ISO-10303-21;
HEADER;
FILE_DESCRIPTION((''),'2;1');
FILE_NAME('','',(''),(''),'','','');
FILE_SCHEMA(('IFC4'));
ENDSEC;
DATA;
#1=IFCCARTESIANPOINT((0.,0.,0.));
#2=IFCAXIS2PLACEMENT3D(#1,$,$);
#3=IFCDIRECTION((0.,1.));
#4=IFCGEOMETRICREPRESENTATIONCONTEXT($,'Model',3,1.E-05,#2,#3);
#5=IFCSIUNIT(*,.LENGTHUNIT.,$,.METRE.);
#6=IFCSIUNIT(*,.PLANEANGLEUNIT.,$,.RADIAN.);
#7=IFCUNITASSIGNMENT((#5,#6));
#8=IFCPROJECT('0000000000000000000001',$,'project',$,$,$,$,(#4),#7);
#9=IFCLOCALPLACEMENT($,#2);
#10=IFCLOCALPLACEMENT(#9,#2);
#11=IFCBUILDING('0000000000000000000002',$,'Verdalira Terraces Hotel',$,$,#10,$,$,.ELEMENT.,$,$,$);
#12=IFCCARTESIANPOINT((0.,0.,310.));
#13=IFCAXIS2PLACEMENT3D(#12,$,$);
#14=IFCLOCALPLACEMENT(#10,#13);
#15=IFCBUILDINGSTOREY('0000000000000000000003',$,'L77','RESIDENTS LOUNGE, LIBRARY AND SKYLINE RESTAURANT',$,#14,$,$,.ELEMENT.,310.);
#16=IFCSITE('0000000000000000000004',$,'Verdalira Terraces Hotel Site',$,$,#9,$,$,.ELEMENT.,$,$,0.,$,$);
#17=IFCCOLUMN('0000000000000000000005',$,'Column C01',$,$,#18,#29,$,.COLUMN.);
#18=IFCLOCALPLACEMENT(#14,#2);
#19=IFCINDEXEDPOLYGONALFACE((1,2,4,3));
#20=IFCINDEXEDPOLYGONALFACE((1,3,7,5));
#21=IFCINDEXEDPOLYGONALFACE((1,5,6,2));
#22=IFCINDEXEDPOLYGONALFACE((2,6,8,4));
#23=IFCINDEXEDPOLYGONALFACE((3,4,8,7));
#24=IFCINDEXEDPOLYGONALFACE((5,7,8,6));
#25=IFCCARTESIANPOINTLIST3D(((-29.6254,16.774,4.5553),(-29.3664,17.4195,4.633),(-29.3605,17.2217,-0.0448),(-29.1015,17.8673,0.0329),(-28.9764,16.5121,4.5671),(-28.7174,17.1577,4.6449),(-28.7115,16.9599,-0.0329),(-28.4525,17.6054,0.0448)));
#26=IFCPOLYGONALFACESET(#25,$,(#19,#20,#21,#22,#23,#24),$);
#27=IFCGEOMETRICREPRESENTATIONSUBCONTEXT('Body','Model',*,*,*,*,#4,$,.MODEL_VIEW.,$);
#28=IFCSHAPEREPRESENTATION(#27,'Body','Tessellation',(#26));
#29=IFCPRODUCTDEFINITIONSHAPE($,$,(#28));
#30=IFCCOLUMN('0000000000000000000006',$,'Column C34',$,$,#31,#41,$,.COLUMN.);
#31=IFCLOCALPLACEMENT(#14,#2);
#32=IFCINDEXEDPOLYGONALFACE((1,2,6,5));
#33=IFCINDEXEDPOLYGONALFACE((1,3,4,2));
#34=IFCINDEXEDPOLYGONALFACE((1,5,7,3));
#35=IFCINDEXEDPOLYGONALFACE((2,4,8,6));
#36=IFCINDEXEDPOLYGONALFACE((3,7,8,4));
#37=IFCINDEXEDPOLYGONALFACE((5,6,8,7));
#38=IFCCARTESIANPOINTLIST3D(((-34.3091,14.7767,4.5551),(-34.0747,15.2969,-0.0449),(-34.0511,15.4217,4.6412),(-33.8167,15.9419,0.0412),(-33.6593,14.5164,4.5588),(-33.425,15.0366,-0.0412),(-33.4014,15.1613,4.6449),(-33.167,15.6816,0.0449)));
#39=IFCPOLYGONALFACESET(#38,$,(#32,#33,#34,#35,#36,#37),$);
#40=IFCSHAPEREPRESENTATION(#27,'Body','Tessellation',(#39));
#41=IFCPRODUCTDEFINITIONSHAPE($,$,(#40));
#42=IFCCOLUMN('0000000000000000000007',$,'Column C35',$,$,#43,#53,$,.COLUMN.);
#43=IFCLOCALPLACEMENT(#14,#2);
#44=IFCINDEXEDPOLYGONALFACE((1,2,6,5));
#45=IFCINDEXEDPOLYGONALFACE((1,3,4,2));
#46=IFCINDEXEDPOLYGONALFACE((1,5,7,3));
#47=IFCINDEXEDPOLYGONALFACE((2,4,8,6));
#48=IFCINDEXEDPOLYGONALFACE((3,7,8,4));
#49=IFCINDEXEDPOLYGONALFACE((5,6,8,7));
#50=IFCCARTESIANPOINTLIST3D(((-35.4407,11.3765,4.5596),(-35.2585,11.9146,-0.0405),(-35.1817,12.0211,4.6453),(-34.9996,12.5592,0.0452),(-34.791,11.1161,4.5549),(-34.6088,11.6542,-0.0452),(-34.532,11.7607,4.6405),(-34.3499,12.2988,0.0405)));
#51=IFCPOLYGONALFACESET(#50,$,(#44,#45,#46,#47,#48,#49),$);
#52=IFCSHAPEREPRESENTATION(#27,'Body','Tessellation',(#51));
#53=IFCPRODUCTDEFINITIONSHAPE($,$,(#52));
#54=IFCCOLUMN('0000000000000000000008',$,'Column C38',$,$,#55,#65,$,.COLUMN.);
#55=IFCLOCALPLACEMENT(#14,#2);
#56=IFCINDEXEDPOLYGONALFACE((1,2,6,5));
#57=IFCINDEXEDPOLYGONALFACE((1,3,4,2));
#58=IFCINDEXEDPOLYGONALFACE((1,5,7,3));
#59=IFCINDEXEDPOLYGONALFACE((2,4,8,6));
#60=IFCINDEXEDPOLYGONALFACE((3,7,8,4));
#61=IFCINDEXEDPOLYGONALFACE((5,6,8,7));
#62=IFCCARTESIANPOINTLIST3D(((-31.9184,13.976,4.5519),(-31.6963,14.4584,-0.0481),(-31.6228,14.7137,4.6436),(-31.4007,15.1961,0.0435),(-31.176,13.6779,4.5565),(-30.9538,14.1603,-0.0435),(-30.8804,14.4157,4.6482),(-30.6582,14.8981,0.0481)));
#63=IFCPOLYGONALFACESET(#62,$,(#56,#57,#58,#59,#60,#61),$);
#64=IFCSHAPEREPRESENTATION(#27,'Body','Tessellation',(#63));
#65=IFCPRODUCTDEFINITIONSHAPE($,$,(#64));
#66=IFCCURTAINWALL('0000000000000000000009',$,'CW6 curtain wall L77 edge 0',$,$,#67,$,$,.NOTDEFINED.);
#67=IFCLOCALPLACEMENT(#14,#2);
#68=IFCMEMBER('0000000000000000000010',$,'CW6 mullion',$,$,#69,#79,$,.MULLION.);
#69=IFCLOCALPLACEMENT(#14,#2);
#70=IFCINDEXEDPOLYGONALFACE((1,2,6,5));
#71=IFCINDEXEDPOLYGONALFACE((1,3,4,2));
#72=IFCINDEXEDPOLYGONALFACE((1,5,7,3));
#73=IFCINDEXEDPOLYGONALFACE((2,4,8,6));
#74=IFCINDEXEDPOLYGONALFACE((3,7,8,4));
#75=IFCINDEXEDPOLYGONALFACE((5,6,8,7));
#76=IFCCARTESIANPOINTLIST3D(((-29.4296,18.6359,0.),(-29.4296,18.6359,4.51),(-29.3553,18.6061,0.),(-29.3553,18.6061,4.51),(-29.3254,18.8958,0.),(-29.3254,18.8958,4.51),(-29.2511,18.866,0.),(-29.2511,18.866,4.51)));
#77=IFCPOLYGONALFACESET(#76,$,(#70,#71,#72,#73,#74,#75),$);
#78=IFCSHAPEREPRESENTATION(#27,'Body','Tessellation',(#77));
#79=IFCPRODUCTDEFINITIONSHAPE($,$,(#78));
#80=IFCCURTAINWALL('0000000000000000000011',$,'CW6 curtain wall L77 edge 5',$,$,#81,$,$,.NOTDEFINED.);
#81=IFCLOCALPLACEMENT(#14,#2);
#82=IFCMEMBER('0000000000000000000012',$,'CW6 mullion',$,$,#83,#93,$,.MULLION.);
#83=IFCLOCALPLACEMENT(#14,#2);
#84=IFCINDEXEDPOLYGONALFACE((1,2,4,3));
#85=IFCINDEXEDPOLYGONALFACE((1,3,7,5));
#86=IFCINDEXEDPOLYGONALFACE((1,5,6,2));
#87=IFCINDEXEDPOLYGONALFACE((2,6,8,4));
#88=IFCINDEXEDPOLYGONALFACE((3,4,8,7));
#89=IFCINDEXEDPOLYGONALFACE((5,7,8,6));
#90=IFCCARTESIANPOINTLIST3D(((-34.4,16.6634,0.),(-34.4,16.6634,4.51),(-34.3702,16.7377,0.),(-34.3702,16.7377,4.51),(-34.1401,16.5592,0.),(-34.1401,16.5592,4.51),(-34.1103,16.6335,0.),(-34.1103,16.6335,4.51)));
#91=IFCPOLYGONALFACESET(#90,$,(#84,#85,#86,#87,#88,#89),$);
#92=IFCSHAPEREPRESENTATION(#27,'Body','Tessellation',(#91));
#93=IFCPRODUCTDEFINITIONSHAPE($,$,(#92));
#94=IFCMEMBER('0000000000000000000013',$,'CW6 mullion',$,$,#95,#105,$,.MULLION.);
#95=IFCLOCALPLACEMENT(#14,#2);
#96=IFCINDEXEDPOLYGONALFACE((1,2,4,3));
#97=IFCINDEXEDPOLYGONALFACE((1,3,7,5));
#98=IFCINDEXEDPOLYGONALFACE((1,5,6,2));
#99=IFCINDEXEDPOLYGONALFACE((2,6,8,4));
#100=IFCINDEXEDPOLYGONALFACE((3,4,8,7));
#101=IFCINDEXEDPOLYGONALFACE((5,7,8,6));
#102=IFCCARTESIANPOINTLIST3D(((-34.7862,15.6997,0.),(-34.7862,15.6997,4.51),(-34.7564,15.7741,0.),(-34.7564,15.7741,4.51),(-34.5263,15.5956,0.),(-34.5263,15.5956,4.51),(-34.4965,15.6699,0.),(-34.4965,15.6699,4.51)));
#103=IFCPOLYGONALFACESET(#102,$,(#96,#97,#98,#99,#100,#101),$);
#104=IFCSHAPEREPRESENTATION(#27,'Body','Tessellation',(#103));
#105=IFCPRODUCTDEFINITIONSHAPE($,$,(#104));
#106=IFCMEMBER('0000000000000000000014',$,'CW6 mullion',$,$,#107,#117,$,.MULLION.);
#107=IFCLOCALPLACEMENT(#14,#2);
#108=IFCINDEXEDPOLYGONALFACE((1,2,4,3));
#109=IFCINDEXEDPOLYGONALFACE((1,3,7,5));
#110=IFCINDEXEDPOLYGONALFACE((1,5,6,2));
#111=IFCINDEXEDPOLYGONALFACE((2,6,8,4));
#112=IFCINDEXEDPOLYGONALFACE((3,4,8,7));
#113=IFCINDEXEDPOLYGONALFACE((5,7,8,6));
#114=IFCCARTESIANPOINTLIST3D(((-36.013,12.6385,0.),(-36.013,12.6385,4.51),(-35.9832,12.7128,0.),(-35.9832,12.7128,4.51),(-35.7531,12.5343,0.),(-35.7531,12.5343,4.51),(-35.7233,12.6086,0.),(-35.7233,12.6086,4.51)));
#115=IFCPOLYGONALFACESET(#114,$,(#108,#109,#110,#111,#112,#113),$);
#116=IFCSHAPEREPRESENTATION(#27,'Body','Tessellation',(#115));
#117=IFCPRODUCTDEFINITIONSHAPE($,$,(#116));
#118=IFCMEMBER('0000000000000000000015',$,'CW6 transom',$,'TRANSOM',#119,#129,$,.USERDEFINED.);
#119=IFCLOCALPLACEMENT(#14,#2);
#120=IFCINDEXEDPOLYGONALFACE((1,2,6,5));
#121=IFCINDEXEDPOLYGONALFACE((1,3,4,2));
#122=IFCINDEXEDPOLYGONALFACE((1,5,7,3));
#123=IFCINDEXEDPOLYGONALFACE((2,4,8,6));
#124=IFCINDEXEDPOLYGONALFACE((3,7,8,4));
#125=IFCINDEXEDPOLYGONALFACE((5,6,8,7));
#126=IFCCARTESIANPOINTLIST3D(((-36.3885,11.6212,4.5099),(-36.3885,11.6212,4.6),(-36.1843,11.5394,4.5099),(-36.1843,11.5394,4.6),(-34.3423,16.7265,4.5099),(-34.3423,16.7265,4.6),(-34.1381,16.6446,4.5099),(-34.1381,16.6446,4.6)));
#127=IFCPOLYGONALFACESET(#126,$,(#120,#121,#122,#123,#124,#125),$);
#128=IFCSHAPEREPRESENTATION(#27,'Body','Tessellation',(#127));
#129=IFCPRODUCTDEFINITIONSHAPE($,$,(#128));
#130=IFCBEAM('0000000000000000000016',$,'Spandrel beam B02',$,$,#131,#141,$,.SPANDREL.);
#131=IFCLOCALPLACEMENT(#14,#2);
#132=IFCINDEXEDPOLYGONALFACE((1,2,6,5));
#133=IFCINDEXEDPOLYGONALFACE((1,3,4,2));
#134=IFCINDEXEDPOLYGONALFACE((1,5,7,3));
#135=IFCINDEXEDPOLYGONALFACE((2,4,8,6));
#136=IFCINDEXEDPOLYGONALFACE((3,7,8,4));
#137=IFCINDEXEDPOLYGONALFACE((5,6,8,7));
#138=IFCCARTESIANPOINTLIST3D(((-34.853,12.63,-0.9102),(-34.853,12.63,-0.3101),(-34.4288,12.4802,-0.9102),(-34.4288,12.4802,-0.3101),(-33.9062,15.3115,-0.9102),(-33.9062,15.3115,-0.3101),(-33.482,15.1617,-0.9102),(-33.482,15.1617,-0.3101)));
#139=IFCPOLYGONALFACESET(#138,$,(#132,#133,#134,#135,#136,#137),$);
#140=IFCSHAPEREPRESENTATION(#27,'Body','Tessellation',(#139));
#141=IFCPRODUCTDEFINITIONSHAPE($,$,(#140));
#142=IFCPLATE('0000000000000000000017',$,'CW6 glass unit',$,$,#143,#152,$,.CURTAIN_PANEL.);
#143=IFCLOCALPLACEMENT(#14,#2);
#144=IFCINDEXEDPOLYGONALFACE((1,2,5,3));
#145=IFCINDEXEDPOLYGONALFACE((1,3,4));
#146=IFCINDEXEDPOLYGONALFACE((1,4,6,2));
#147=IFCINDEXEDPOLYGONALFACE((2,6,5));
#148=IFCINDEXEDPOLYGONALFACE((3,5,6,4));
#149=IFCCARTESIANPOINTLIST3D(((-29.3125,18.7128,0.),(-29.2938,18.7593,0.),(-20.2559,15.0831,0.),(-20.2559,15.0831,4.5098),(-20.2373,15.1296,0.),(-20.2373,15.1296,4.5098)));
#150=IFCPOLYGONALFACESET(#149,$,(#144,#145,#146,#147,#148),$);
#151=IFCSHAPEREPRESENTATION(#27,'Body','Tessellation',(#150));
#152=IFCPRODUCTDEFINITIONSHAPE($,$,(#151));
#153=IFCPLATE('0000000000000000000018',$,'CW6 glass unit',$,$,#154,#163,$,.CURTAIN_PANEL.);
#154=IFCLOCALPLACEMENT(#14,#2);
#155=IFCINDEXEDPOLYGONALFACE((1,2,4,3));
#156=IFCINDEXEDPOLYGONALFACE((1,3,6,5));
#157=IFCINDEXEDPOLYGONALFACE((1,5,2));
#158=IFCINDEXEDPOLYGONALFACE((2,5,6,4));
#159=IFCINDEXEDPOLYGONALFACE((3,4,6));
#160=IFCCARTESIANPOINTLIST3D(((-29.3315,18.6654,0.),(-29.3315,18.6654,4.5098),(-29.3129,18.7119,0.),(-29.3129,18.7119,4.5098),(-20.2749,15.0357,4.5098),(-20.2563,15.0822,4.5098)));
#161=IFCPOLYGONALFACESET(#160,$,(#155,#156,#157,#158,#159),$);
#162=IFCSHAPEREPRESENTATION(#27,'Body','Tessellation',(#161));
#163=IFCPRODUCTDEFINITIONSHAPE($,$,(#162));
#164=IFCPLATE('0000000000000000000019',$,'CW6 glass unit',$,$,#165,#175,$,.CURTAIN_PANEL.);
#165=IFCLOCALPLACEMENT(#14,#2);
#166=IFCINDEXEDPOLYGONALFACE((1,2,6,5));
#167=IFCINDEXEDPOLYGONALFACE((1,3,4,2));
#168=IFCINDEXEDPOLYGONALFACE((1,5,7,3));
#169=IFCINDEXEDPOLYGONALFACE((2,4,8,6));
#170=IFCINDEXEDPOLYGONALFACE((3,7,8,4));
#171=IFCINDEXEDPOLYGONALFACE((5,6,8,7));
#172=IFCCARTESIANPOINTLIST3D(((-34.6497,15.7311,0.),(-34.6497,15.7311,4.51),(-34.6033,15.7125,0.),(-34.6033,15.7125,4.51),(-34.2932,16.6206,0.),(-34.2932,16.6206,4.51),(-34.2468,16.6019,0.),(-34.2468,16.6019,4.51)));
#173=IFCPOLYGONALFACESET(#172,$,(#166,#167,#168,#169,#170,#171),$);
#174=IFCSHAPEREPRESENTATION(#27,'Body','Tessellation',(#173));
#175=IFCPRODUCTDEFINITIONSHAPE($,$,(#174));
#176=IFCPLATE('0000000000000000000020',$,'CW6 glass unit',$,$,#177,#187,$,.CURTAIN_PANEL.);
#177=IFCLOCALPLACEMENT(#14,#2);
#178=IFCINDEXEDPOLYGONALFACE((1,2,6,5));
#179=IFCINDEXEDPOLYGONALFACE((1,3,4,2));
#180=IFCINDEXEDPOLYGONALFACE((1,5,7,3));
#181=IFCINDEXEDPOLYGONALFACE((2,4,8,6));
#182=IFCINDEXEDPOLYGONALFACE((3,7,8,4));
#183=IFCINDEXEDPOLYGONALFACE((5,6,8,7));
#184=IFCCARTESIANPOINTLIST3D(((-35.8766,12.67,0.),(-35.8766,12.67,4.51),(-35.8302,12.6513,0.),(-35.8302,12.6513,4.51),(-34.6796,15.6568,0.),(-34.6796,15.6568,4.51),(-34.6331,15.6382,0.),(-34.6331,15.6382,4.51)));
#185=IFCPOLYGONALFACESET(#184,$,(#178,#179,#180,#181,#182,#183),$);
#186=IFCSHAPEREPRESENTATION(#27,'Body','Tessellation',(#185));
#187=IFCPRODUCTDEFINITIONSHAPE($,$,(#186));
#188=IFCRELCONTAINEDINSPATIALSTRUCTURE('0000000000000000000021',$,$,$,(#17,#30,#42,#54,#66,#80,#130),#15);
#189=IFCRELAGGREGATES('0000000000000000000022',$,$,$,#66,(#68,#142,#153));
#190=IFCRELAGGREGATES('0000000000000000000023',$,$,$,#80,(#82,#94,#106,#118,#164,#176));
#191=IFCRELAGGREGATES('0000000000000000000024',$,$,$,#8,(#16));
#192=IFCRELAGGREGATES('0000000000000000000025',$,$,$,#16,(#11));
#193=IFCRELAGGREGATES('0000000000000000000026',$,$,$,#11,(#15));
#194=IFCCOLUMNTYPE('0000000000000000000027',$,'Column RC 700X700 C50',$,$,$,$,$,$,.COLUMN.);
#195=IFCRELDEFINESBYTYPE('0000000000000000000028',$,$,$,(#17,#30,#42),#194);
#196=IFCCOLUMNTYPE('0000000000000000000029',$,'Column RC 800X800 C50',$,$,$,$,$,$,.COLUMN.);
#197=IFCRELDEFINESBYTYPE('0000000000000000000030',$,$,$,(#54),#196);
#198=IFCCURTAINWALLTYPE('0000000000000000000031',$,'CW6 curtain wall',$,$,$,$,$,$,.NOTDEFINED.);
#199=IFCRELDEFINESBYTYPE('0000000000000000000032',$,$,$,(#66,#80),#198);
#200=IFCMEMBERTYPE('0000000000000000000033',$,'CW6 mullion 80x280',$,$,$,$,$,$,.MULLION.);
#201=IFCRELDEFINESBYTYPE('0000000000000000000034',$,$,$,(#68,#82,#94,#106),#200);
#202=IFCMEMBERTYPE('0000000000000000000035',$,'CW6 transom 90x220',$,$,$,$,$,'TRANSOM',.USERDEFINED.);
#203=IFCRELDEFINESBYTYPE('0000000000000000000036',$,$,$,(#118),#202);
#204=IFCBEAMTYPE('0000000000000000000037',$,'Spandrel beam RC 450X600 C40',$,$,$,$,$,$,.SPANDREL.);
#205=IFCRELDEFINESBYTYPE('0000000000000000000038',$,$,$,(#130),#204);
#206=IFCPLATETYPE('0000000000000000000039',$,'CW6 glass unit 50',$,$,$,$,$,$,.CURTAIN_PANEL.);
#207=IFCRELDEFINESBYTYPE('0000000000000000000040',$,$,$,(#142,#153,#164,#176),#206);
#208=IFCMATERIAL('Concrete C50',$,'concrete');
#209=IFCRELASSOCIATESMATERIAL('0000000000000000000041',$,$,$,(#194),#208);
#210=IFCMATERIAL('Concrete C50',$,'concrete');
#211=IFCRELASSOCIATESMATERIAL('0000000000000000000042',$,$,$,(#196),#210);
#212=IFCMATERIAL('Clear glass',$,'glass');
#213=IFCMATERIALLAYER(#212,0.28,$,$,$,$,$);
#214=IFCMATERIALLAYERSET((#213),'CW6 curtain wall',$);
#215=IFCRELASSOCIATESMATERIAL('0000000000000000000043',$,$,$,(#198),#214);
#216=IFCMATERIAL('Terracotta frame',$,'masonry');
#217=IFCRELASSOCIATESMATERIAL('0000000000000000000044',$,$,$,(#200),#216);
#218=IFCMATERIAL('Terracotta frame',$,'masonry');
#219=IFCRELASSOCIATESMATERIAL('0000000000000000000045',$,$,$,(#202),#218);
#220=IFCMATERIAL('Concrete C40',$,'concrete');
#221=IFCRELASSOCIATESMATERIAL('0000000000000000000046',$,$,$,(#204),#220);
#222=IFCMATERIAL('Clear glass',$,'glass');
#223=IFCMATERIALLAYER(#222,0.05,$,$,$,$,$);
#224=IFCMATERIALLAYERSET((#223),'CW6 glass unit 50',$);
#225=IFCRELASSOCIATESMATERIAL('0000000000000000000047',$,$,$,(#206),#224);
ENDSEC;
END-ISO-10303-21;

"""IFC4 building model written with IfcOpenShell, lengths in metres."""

from ifc_helpers import new_model, si_unit, direction, frame, origin, origin_2d, place, context, subcontext, project, spatial, polyline, rectangle, outline, extrude, material, layer, layer_set, material_profile, profile_set, type_object, element, aggregate, save


model = new_model("IFC4")

# Units and contexts
model_context = context("Model", 3, precision=1e-05, world=origin(), true_north=direction((0.0, 1.0)))
body_context = subcontext(model_context, "Body", "Model", "MODEL_VIEW")
ifc_project = project(units=[si_unit("LENGTHUNIT", "METRE"), si_unit("PLANEANGLEUNIT", "RADIAN")], contexts=[model_context])

# Site, building, storey
site_placement = place(None, origin())
site = spatial("IfcSite", under=ifc_project, at=site_placement, Name="Verdalira Terraces Hotel Site", CompositionType="ELEMENT", RefElevation=0.0)
building_placement = place(site_placement, origin())
building = spatial("IfcBuilding", under=site, at=building_placement, Name="Verdalira Terraces Hotel", CompositionType="ELEMENT")
storey_placement = place(building_placement, frame((0.0, 0.0, 310.0)))
storey = spatial("IfcBuildingStorey", under=building, at=storey_placement, Name="L77", Description="RESIDENTS LOUNGE, LIBRARY AND SKYLINE RESTAURANT", CompositionType="ELEMENT", Elevation=310.0)

# Columns
ifc_material_1 = material(Name="Concrete C50", Category="concrete")
ifc_material_profile_1 = material_profile(ifc_material_1, rectangle(XDim=0.7, YDim=0.7, at=origin_2d()), Name="RC 700X700")
ifc_profile_set_1 = profile_set([ifc_material_profile_1], Name="Concrete C50")
column_type_1 = type_object("IfcColumnType", Name="Column RC 700X700 C50", PredefinedType="COLUMN", material=ifc_profile_set_1)
column_1_placement = place(storey_placement, frame((-28.9065, 17.4136, 0.0), z_axis=(-0.057219, -0.096719, 0.993666), x_axis=(-0.92723, 0.374106, -0.01698)))
element("IfcColumn", 1, at=column_1_placement, inside=storey, type_object=column_type_1, Name="Column C01", PredefinedType="COLUMN", context=body_context, shape_type="SweptSolid", body=[
    extrude(rectangle(XDim=0.7, YDim=0.7, at=origin_2d()), origin(), (0.0, 0.0, 1.0), 4.6294),
])
column_2_placement = place(storey_placement, frame((-33.6208, 15.4893, 0.0), z_axis=(-0.050562, -0.112238, 0.992394), x_axis=(-0.368524, -0.921446, -0.12299)))
element("IfcColumn", 2, at=column_2_placement, inside=storey, type_object=column_type_1, Name="Column C34", PredefinedType="COLUMN", context=body_context, shape_type="SweptSolid", body=[
    extrude(rectangle(XDim=0.7, YDim=0.7, at=origin_2d()), origin(), (0.0, 0.0, 1.0), 4.6353),
])
column_3_placement = place(storey_placement, frame((-34.8042, 12.1067, 0.0), z_axis=(-0.039294, -0.116091, 0.992461), x_axis=(-0.369978, -0.920946, -0.122374)))
element("IfcColumn", 3, at=column_3_placement, inside=storey, type_object=column_type_1, Name="Column C35", PredefinedType="COLUMN", context=body_context, shape_type="SweptSolid", body=[
    extrude(rectangle(XDim=0.7, YDim=0.7, at=origin_2d()), origin(), (0.0, 0.0, 1.0), 4.635),
])
ifc_material_2 = material(Name="Concrete C50", Category="concrete")
ifc_material_profile_2 = material_profile(ifc_material_2, rectangle(XDim=0.8, YDim=0.8, at=origin_2d()), Name="RC 800X800")
ifc_profile_set_2 = profile_set([ifc_material_profile_2], Name="Concrete C50")
column_type_2 = type_object("IfcColumnType", Name="Column RC 800X800 C50", PredefinedType="COLUMN", material=ifc_profile_set_2)
column_4_placement = place(storey_placement, frame((-31.1772, 14.6782, 0.0), z_axis=(-0.047978, -0.10418, 0.993401), x_axis=(-0.927989, 0.372563, -0.005747)))
element("IfcColumn", 4, at=column_4_placement, inside=storey, type_object=column_type_2, Name="Column C38", PredefinedType="COLUMN", context=body_context, shape_type="SweptSolid", body=[
    extrude(rectangle(XDim=0.8, YDim=0.8, at=origin_2d()), origin(), (0.0, 0.0, 1.0), 4.6306),
])

# Curtain wall, member
ifc_material_3 = material(Name="Clear glass", Category="glass")
ifc_layer_1 = layer(ifc_material_3, 0.28)
ifc_layer_set_1 = layer_set([ifc_layer_1], Name="CW6 curtain wall")
curtain_wall_type = type_object("IfcCurtainWallType", Name="CW6 curtain wall", PredefinedType="NOTDEFINED", material=ifc_layer_set_1)
curtain_wall_1_placement = place(storey_placement, origin())
curtain_wall_1 = element("IfcCurtainWall", 5, at=curtain_wall_1_placement, inside=storey, type_object=curtain_wall_type, Name="CW6 curtain wall L77 edge 0", PredefinedType="NOTDEFINED")
ifc_material_4 = material(Name="Terracotta frame", Category="masonry")
ifc_material_profile_3 = material_profile(ifc_material_4, rectangle(XDim=0.0801, YDim=0.28, at=origin_2d()), Name="MU 80x280")
ifc_profile_set_3 = profile_set([ifc_material_profile_3], Name="Terracotta frame")
member_type_1 = type_object("IfcMemberType", Name="CW6 mullion 80x280", PredefinedType="MULLION", material=ifc_profile_set_3)
member_1_placement = place(storey_placement, frame((-29.3403, 18.751, 0.0), z_axis=(0.0, 0.0, 1.0), x_axis=(-0.928226, 0.372016, 0.0)))
member_1 = element("IfcMember", 6, at=member_1_placement, type_object=member_type_1, Name="CW6 mullion", PredefinedType="MULLION", context=body_context, shape_type="SweptSolid", body=[
    extrude(rectangle(XDim=0.0801, YDim=0.28, at=origin_2d()), origin(), (0.0, 0.0, 1.0), 4.51),
])

# Curtain wall, members
curtain_wall_2_placement = place(storey_placement, origin())
curtain_wall_2 = element("IfcCurtainWall", 7, at=curtain_wall_2_placement, inside=storey, type_object=curtain_wall_type, Name="CW6 curtain wall L77 edge 5", PredefinedType="NOTDEFINED")
member_2_placement = place(storey_placement, frame((-34.2551, 16.6484, 0.0), z_axis=(0.0, 0.0, 1.0), x_axis=(-0.372016, -0.928226, 0.0)))
member_2 = element("IfcMember", 8, at=member_2_placement, type_object=member_type_1, Name="CW6 mullion", PredefinedType="MULLION", context=body_context, shape_type="SweptSolid", body=[
    extrude(rectangle(XDim=0.0801, YDim=0.28, at=origin_2d()), origin(), (0.0, 0.0, 1.0), 4.51),
])
member_3_placement = place(storey_placement, frame((-34.6414, 15.6848, 0.0), z_axis=(0.0, 0.0, 1.0), x_axis=(-0.372016, -0.928226, 0.0)))
member_3 = element("IfcMember", 9, at=member_3_placement, type_object=member_type_1, Name="CW6 mullion", PredefinedType="MULLION", context=body_context, shape_type="SweptSolid", body=[
    extrude(rectangle(XDim=0.0801, YDim=0.28, at=origin_2d()), origin(), (0.0, 0.0, 1.0), 4.51),
])
member_4_placement = place(storey_placement, frame((-35.8682, 12.6235, 0.0), z_axis=(0.0, 0.0, 1.0), x_axis=(-0.372016, -0.928226, 0.0)))
member_4 = element("IfcMember", 10, at=member_4_placement, type_object=member_type_1, Name="CW6 mullion", PredefinedType="MULLION", context=body_context, shape_type="SweptSolid", body=[
    extrude(rectangle(XDim=0.0801, YDim=0.28, at=origin_2d()), origin(), (0.0, 0.0, 1.0), 4.51),
])
ifc_material_5 = material(Name="Terracotta frame", Category="masonry")
ifc_material_profile_4 = material_profile(ifc_material_5, rectangle(XDim=0.22, YDim=0.0901, at=origin_2d()), Name="TR 90x220")
ifc_profile_set_4 = profile_set([ifc_material_profile_4], Name="Terracotta frame")
member_type_2 = type_object("IfcMemberType", Name="CW6 transom 90x220", ElementType="TRANSOM", PredefinedType="USERDEFINED", material=ifc_profile_set_4)
member_5_placement = place(storey_placement, frame((-34.2402, 16.6855, 4.5549), z_axis=(-0.372026, -0.928222, 0.0), x_axis=(0.928222, -0.372026, 0.0)))
member_5 = element("IfcMember", 11, at=member_5_placement, type_object=member_type_2, Name="CW6 transom", ObjectType="TRANSOM", PredefinedType="USERDEFINED", context=body_context, shape_type="SweptSolid", body=[
    extrude(rectangle(XDim=0.22, YDim=0.0901, at=origin_2d()), origin(), (0.0, 0.0, 1.0), 5.5),
])

# Beam
ifc_material_6 = material(Name="Concrete C40", Category="concrete")
ifc_material_profile_5 = material_profile(ifc_material_6, rectangle(XDim=0.45, YDim=0.6001, at=origin_2d()), Name="RC 450X600")
ifc_profile_set_5 = profile_set([ifc_material_profile_5], Name="Concrete C40")
beam_type = type_object("IfcBeamType", Name="Spandrel beam RC 450X600 C40", PredefinedType="SPANDREL", material=ifc_profile_set_5)
beam_placement = place(storey_placement, frame((-33.6941, 15.2366, -0.6101), z_axis=(-0.332946, -0.942946, 0.0), x_axis=(0.942946, -0.332946, 0.0)))
element("IfcBeam", 12, at=beam_placement, inside=storey, type_object=beam_type, Name="Spandrel beam B02", PredefinedType="SPANDREL", context=body_context, shape_type="SweptSolid", body=[
    extrude(rectangle(XDim=0.45, YDim=0.6001, at=origin_2d()), origin(), (0.0, 0.0, 1.0), 2.8438),
])

# Plates
ifc_material_7 = material(Name="Clear glass", Category="glass")
ifc_layer_2 = layer(ifc_material_7, 0.05)
ifc_layer_set_2 = layer_set([ifc_layer_2], Name="CW6 glass unit 50")
plate_type = type_object("IfcPlateType", Name="CW6 glass unit 50", PredefinedType="CURTAIN_PANEL", material=ifc_layer_set_2)
plate_1_placement = place(storey_placement, frame((-24.7842, 16.8979, 2.2549), z_axis=(0.372016, 0.928226, 0.0), x_axis=(-0.928226, 0.372016, 0.0)))
plate_1 = element("IfcPlate", 13, at=plate_1_placement, type_object=plate_type, Name="CW6 glass unit", PredefinedType="CURTAIN_PANEL", context=body_context, shape_type="SweptSolid", body=[
    extrude(outline(polyline([(-4.8784, -2.2549), (4.8784, -2.2549), (-4.8784, 2.2549), (-4.8784, -2.2549)])), origin(), (0.0, 0.0, 1.0), 0.05),
])
plate_2_placement = place(storey_placement, frame((-24.8032, 16.8506, 2.2549), z_axis=(0.372016, 0.928226, 0.0), x_axis=(-0.928226, 0.372016, 0.0)))
plate_2 = element("IfcPlate", 14, at=plate_2_placement, type_object=plate_type, Name="CW6 glass unit", PredefinedType="CURTAIN_PANEL", context=body_context, shape_type="SweptSolid", body=[
    extrude(outline(polyline([(4.8784, -2.2549), (4.8784, 2.2549), (-4.8784, 2.2549), (4.8784, -2.2549)])), origin(), (0.0, 0.0, 1.0), 0.05),
])
aggregate(curtain_wall_1, [member_1, plate_1, plate_2])
plate_3_placement = place(storey_placement, frame((-34.4482, 16.1665, 0.0), z_axis=(0.0, 0.0, 1.0), x_axis=(-0.372016, -0.928226, 0.0)))
plate_3 = element("IfcPlate", 15, at=plate_3_placement, type_object=plate_type, Name="CW6 glass unit", PredefinedType="CURTAIN_PANEL", context=body_context, shape_type="SweptSolid", body=[
    extrude(rectangle(XDim=0.9583, YDim=0.05, at=origin_2d()), origin(), (0.0, 0.0, 1.0), 4.51),
])
plate_4_placement = place(storey_placement, frame((-35.2549, 14.1541, 0.0), z_axis=(0.0, 0.0, 1.0), x_axis=(-0.372016, -0.928226, 0.0)))
plate_4 = element("IfcPlate", 16, at=plate_4_placement, type_object=plate_type, Name="CW6 glass unit", PredefinedType="CURTAIN_PANEL", context=body_context, shape_type="SweptSolid", body=[
    extrude(rectangle(XDim=3.2178, YDim=0.05, at=origin_2d()), origin(), (0.0, 0.0, 1.0), 4.51),
])
aggregate(curtain_wall_2, [member_2, member_3, member_4, member_5, plate_3, plate_4])

save(model, "model.ifc")
